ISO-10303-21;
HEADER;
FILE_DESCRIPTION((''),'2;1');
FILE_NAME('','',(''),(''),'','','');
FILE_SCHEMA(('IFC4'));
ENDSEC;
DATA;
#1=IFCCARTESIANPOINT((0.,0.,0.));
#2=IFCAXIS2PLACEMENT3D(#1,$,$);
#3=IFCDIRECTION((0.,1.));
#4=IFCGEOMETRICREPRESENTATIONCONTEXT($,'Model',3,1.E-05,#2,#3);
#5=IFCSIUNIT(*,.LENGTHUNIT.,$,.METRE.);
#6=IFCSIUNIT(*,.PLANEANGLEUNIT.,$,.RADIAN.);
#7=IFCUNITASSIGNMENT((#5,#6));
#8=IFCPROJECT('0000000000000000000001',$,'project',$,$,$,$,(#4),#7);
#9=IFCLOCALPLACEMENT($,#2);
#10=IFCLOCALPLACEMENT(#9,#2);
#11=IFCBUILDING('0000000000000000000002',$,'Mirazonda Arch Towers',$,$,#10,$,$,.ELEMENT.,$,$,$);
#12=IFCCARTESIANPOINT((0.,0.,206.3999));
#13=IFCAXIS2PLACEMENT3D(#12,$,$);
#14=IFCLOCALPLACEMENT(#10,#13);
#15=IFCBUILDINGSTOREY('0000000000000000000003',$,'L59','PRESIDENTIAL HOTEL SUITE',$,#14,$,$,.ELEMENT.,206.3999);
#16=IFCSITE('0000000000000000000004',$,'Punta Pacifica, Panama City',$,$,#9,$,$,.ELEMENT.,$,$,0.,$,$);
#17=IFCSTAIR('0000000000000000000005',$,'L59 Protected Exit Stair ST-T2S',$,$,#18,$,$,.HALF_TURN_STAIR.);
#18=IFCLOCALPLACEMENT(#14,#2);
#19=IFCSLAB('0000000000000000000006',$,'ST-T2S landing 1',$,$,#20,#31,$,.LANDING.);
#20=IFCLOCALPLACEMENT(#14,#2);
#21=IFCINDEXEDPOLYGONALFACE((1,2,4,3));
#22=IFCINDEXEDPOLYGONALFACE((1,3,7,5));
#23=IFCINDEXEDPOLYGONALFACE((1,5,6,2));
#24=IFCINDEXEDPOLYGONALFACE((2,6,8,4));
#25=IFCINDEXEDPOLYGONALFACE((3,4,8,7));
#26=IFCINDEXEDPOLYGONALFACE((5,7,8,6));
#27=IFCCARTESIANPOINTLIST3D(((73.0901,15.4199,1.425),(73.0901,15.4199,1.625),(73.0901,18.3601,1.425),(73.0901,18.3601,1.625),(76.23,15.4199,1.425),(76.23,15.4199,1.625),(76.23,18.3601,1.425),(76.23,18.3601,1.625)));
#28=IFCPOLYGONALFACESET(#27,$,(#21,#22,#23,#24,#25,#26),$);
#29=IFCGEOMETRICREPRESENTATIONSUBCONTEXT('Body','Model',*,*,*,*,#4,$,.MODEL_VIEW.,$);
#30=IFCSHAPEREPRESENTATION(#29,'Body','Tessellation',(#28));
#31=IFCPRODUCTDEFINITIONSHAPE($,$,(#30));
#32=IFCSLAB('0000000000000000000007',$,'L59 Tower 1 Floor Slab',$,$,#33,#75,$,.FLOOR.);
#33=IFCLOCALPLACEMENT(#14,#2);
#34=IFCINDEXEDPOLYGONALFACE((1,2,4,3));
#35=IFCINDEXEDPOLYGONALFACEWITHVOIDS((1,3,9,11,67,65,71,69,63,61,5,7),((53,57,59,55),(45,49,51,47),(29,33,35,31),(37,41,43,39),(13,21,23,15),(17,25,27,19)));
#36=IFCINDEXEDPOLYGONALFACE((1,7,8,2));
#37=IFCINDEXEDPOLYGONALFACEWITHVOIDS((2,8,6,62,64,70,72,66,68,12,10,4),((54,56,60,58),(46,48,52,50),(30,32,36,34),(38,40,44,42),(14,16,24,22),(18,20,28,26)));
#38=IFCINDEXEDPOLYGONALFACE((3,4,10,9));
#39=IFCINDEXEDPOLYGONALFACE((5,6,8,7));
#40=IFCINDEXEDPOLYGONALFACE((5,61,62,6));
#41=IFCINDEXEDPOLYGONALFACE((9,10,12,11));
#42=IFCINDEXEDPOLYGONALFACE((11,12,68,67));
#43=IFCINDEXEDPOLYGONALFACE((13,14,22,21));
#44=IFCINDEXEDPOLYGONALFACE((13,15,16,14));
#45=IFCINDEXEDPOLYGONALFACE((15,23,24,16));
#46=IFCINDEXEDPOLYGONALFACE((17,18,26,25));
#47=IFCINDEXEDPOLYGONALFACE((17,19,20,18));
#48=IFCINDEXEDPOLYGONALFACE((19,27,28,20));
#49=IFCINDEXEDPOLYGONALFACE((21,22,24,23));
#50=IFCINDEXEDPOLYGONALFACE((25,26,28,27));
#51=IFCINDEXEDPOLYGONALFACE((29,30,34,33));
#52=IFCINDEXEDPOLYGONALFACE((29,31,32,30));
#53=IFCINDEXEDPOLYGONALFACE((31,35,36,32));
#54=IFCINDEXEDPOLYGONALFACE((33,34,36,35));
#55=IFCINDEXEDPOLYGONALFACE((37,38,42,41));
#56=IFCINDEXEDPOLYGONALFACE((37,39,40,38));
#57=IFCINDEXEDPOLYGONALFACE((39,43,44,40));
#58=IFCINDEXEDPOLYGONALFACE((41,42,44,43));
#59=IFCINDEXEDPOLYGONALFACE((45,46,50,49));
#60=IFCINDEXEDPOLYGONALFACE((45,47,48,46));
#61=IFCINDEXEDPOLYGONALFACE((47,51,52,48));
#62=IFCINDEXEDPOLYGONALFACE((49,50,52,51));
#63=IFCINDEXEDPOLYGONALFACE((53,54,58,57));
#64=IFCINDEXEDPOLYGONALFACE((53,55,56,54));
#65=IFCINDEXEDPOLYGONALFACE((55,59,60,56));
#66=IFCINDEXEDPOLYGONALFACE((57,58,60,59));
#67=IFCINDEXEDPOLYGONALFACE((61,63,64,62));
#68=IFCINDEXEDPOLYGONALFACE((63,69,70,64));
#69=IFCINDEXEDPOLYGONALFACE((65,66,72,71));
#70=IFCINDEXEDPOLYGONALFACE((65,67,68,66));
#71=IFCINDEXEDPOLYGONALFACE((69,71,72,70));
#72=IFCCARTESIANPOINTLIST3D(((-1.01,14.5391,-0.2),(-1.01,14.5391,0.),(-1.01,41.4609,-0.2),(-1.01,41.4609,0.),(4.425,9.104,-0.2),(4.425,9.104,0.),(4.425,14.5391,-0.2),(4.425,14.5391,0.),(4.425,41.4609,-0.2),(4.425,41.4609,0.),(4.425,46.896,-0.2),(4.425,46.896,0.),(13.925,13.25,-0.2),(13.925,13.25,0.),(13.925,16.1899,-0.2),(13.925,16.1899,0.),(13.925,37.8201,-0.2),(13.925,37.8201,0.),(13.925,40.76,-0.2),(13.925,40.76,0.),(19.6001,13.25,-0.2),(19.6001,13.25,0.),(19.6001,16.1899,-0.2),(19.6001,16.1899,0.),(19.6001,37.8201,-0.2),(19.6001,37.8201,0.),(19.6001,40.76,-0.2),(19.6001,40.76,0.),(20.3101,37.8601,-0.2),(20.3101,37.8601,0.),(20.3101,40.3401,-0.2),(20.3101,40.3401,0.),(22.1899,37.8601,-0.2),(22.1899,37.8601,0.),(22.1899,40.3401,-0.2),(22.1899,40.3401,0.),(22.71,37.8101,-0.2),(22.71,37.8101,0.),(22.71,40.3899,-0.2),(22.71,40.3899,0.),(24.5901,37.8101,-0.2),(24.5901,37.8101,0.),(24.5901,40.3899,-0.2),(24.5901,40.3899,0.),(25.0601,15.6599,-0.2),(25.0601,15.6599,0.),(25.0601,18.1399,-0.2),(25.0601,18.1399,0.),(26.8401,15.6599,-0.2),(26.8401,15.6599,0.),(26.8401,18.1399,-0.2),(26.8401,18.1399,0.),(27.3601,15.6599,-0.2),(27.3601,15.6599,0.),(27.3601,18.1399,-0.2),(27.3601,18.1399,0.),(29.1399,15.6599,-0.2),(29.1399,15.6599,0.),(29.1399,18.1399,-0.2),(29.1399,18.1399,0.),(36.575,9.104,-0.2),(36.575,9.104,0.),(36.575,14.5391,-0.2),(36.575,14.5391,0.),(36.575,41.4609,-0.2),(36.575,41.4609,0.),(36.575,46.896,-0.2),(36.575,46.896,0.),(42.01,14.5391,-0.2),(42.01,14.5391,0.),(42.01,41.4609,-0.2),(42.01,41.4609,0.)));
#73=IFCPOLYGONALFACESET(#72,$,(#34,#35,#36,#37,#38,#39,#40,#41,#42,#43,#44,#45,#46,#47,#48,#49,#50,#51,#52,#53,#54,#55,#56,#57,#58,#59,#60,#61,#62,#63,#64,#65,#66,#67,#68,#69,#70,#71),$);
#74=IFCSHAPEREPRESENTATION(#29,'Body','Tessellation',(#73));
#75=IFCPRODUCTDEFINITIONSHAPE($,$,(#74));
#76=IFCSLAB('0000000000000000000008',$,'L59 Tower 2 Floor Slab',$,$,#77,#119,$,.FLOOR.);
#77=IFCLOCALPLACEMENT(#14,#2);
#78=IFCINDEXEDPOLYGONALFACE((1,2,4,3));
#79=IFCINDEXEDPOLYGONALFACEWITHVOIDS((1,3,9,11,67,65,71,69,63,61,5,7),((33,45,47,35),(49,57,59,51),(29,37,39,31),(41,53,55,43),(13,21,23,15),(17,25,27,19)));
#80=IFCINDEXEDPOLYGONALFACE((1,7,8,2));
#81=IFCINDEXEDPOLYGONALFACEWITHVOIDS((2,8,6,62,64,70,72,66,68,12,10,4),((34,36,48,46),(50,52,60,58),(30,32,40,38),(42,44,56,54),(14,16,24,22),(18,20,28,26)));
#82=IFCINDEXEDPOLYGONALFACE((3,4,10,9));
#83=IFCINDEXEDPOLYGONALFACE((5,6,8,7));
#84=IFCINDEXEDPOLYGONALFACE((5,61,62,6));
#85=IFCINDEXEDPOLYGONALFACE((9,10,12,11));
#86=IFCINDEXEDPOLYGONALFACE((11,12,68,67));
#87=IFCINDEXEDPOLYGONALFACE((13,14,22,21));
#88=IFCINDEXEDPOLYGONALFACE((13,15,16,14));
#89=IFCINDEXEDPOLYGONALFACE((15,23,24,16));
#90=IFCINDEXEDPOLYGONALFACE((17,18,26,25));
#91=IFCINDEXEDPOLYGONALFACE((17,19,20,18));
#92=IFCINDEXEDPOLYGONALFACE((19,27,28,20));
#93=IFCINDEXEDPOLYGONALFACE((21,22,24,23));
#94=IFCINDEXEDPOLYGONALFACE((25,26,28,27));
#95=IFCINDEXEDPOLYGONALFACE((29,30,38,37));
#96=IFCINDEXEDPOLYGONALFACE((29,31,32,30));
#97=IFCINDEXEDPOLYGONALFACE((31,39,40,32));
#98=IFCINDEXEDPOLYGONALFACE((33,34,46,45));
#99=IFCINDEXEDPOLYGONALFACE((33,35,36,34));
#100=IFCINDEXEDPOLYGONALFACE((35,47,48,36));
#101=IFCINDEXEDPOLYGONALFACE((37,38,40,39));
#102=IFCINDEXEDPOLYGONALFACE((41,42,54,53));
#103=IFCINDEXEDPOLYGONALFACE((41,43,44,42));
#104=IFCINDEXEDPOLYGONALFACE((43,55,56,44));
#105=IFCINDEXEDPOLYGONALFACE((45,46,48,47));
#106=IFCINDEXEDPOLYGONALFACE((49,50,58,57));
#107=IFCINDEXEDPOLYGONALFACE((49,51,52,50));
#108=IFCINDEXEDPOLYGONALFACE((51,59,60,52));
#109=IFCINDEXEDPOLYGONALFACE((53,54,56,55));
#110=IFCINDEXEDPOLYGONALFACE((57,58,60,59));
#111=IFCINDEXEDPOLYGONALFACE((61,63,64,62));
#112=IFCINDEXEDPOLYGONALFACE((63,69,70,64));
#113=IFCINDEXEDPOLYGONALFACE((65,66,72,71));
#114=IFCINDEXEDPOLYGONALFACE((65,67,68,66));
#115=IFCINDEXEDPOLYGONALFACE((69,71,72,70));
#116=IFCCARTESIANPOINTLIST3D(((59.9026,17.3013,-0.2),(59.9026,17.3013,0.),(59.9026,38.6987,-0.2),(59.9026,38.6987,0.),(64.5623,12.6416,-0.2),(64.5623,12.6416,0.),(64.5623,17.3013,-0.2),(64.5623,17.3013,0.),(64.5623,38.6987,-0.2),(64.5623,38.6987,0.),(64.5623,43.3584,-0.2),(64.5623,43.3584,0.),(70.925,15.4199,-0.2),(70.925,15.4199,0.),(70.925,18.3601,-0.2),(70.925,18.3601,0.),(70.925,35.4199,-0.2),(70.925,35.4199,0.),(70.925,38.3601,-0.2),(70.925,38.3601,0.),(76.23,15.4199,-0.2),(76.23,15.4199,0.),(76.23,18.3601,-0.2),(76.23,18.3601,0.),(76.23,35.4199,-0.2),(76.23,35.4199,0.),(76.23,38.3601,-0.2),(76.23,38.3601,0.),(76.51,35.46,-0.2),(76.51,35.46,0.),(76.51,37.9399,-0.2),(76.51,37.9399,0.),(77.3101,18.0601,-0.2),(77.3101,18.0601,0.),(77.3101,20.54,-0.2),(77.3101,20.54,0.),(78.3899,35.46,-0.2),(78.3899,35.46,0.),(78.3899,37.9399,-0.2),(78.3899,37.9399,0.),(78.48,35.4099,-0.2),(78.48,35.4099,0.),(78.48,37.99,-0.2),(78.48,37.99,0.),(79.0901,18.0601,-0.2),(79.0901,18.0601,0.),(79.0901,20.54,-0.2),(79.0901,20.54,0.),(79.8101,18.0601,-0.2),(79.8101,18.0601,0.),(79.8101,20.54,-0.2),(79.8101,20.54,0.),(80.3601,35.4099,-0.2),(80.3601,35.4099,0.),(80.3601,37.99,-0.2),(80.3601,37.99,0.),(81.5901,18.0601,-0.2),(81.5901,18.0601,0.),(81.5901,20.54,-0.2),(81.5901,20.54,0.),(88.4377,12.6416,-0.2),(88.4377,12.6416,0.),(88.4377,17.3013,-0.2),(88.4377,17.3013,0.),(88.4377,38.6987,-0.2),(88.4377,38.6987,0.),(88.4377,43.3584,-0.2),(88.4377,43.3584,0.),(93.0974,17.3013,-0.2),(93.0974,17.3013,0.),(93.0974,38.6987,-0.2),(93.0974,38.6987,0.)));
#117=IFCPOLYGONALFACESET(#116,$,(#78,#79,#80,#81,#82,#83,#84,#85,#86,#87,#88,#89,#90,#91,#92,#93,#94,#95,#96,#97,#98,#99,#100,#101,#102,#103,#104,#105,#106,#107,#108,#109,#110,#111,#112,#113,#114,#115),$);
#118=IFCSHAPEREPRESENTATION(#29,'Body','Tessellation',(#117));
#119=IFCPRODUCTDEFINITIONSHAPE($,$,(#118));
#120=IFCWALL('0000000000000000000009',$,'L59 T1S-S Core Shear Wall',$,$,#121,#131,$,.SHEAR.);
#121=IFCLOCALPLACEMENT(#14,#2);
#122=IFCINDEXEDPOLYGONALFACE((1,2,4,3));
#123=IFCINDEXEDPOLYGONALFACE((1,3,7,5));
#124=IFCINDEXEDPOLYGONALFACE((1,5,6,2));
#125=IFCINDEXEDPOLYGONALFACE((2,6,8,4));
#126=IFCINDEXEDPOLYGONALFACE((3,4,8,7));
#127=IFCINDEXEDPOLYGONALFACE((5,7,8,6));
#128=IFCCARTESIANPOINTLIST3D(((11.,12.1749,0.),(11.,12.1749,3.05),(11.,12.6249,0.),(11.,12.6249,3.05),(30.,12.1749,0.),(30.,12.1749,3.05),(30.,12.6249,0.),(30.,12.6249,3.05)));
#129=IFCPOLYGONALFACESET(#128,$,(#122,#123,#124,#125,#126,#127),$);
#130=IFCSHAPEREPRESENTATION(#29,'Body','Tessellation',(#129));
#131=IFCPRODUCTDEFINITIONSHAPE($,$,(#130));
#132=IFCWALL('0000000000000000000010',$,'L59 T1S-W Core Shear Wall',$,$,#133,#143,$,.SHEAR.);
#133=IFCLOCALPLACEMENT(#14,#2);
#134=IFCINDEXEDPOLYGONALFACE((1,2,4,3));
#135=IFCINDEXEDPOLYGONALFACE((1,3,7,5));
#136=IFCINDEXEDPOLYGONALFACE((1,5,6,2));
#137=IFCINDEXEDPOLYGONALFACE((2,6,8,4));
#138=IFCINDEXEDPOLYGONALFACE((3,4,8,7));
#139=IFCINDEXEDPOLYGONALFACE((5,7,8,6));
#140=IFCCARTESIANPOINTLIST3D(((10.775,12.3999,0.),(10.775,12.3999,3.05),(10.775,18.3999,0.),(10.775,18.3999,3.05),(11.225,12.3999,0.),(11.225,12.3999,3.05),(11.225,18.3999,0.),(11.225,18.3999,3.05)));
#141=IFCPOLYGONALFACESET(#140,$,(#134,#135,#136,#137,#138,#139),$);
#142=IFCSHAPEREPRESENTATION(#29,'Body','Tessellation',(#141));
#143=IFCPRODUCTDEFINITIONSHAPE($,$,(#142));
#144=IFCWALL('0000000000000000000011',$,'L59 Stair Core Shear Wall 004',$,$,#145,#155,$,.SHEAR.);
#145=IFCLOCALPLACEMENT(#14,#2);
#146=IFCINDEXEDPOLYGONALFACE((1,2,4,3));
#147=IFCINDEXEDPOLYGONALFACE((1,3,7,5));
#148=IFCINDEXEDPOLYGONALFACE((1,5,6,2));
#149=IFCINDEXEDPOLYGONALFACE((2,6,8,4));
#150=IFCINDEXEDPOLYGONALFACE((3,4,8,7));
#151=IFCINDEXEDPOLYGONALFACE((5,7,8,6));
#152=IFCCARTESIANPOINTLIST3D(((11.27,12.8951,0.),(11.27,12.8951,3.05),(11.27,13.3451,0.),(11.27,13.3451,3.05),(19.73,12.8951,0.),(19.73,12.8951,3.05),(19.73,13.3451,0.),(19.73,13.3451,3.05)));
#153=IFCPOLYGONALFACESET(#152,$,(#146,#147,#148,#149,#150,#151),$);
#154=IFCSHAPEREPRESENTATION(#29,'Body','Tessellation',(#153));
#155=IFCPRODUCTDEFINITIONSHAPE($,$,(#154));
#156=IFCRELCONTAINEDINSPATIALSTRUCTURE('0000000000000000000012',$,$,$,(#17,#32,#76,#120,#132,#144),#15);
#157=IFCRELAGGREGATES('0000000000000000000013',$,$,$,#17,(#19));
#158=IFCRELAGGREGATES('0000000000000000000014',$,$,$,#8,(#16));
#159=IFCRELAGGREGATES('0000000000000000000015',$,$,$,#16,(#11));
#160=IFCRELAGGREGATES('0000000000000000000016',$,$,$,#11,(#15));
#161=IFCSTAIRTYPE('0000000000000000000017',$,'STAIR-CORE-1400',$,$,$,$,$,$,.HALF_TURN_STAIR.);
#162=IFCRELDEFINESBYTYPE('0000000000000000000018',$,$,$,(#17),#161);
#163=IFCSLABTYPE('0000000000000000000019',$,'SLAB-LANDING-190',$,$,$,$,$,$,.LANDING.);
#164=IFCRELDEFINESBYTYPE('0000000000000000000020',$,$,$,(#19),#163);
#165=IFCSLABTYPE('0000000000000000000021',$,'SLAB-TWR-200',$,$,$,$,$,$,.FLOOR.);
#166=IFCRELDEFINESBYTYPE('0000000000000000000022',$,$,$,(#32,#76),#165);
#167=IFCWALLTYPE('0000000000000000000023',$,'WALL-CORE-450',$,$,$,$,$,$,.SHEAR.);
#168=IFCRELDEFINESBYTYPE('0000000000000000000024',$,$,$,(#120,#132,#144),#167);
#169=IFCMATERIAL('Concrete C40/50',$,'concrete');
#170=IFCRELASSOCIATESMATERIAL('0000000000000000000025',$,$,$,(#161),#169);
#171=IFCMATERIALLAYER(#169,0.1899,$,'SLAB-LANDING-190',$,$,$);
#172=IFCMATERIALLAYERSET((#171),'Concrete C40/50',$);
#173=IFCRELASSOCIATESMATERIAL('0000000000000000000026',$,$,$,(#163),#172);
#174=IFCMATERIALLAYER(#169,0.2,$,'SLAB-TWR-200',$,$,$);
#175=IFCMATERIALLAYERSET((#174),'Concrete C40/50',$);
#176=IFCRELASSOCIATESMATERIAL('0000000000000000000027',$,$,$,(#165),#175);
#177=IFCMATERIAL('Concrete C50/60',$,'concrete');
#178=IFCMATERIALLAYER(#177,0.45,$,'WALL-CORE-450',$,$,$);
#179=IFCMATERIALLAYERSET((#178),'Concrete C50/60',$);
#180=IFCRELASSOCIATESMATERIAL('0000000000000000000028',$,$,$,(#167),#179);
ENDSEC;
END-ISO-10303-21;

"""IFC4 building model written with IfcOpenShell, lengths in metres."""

from ifc_helpers import new_model, si_unit, direction, frame, frame_2d, origin, place, context, subcontext, project, spatial, polyline, rectangle, outline, extrude, material, layer, layer_set, type_object, element, aggregate, save


model = new_model("IFC4")

# Units and contexts
model_context = context("Model", 3, precision=1e-05, world=origin(), true_north=direction((0.0, 1.0)))
body_context = subcontext(model_context, "Body", "Model", "MODEL_VIEW")
ifc_project = project(units=[si_unit("LENGTHUNIT", "METRE"), si_unit("PLANEANGLEUNIT", "RADIAN")], contexts=[model_context])

# Site, building, storey
site_placement = place(None, origin())
site = spatial("IfcSite", under=ifc_project, at=site_placement, Name="Punta Pacifica, Panama City", CompositionType="ELEMENT", RefElevation=0.0)
building_placement = place(site_placement, origin())
building = spatial("IfcBuilding", under=site, at=building_placement, Name="Mirazonda Arch Towers", CompositionType="ELEMENT")
storey_placement = place(building_placement, frame((0.0, 0.0, 206.3999)))
storey = spatial("IfcBuildingStorey", under=building, at=storey_placement, Name="L59", Description="PRESIDENTIAL HOTEL SUITE", CompositionType="ELEMENT", Elevation=206.3999)

# Shared definitions
ifc_material_1 = material(Name="Concrete C50/60", Category="concrete")

# Stair, slab
ifc_material_2 = material(Name="Concrete C40/50", Category="concrete")
stair_type = type_object("IfcStairType", Name="STAIR-CORE-1400", PredefinedType="HALF_TURN_STAIR", material=ifc_material_2)
ifc_layer_1 = layer(ifc_material_2, 0.1899, Name="SLAB-LANDING-190")
ifc_layer_set_1 = layer_set([ifc_layer_1], Name="Concrete C40/50")
slab_type_1 = type_object("IfcSlabType", Name="SLAB-LANDING-190", PredefinedType="LANDING", material=ifc_layer_set_1)
stair_1_placement = place(storey_placement, origin())
stair_1 = element("IfcStair", 1, at=stair_1_placement, inside=storey, type_object=stair_type, Name="L59 Protected Exit Stair ST-T2S", PredefinedType="HALF_TURN_STAIR")
slab_1_placement = place(storey_placement, frame((0.0, 0.0, 1.425)))
slab_1 = element("IfcSlab", 2, at=slab_1_placement, type_object=slab_type_1, Name="ST-T2S landing 1", PredefinedType="LANDING", context=body_context, shape_type="SweptSolid", body=[
    extrude(outline(polyline([(73.0901, 15.4199), (76.23, 15.4199), (76.23, 18.3601), (73.0901, 18.3601), (73.0901, 15.4199)])), origin(), (0.0, 0.0, 1.0), 0.2),
])
aggregate(stair_1, [slab_1])

# Slabs
ifc_layer_2 = layer(ifc_material_2, 0.2, Name="SLAB-TWR-200")
ifc_layer_set_2 = layer_set([ifc_layer_2], Name="Concrete C40/50")
slab_type_2 = type_object("IfcSlabType", Name="SLAB-TWR-200", PredefinedType="FLOOR", material=ifc_layer_set_2)
slab_2_placement = place(storey_placement, frame((0.0, 0.0, -0.2)))
element("IfcSlab", 3, at=slab_2_placement, inside=storey, type_object=slab_type_2, Name="L59 Tower 1 Floor Slab", PredefinedType="FLOOR", context=body_context, shape_type="SweptSolid", body=[
    extrude(outline(polyline([(4.425, 9.104), (36.575, 9.104), (36.575, 14.5391), (42.01, 14.5391), (42.01, 41.4609), (36.575, 41.4609), (36.575, 46.896), (4.425, 46.896), (4.425, 41.4609), (-1.01, 41.4609), (-1.01, 14.5391), (4.425, 14.5391), (4.425, 9.104)]), holes=[polyline([(27.3601, 18.1399), (29.1399, 18.1399), (29.1399, 15.6599), (27.3601, 15.6599), (27.3601, 18.1399)]), polyline([(25.0601, 18.1399), (26.8401, 18.1399), (26.8401, 15.6599), (25.0601, 15.6599), (25.0601, 18.1399)]), polyline([(22.71, 40.3899), (24.5901, 40.3899), (24.5901, 37.8101), (22.71, 37.8101), (22.71, 40.3899)]), polyline([(20.3101, 37.8601), (20.3101, 40.3401), (22.1899, 40.3401), (22.1899, 37.8601), (20.3101, 37.8601)]), polyline([(19.6001, 13.25), (13.925, 13.25), (13.925, 16.1899), (19.6001, 16.1899), (19.6001, 13.25)]), polyline([(13.925, 37.8201), (13.925, 40.76), (19.6001, 40.76), (19.6001, 37.8201), (13.925, 37.8201)])]), origin(), (0.0, 0.0, 1.0), 0.2),
])
slab_3_placement = place(storey_placement, frame((0.0, 0.0, -0.2)))
element("IfcSlab", 4, at=slab_3_placement, inside=storey, type_object=slab_type_2, Name="L59 Tower 2 Floor Slab", PredefinedType="FLOOR", context=body_context, shape_type="SweptSolid", body=[
    extrude(outline(polyline([(64.5623, 12.6416), (88.4377, 12.6416), (88.4377, 17.3013), (93.0974, 17.3013), (93.0974, 38.6987), (88.4377, 38.6987), (88.4377, 43.3584), (64.5623, 43.3584), (64.5623, 38.6987), (59.9026, 38.6987), (59.9026, 17.3013), (64.5623, 17.3013), (64.5623, 12.6416)]), holes=[polyline([(79.8101, 20.54), (81.5901, 20.54), (81.5901, 18.0601), (79.8101, 18.0601), (79.8101, 20.54)]), polyline([(78.48, 37.99), (80.3601, 37.99), (80.3601, 35.4099), (78.48, 35.4099), (78.48, 37.99)]), polyline([(77.3101, 20.54), (79.0901, 20.54), (79.0901, 18.0601), (77.3101, 18.0601), (77.3101, 20.54)]), polyline([(76.51, 35.46), (76.51, 37.9399), (78.3899, 37.9399), (78.3899, 35.46), (76.51, 35.46)]), polyline([(76.23, 15.4199), (70.925, 15.4199), (70.925, 18.3601), (76.23, 18.3601), (76.23, 15.4199)]), polyline([(70.925, 35.4199), (70.925, 38.3601), (76.23, 38.3601), (76.23, 35.4199), (70.925, 35.4199)])]), origin(), (0.0, 0.0, 1.0), 0.2),
])

# Walls
ifc_layer_3 = layer(ifc_material_1, 0.45, Name="WALL-CORE-450")
ifc_layer_set_3 = layer_set([ifc_layer_3], Name="Concrete C50/60")
wall_type_1 = type_object("IfcWallType", Name="WALL-CORE-450", PredefinedType="SHEAR", material=ifc_layer_set_3)
wall_1_placement = place(storey_placement, frame((11.0, 12.3999, 0.0), z_axis=(0.0, 0.0, 1.0), x_axis=(1.0, 0.0, 0.0)))
element("IfcWall", 5, at=wall_1_placement, inside=storey, type_object=wall_type_1, Name="L59 T1S-S Core Shear Wall", PredefinedType="SHEAR", context=body_context, shape_type="SweptSolid", body=[
    extrude(rectangle(XDim=19.0, YDim=0.45, at=frame_2d((9.5, 0.0))), origin(), (0.0, 0.0, 1.0), 3.05),
])
wall_2_placement = place(storey_placement, frame((11.0, 12.3999, 0.0), z_axis=(0.0, 0.0, 1.0), x_axis=(0.0, 1.0, 0.0)))
element("IfcWall", 6, at=wall_2_placement, inside=storey, type_object=wall_type_1, Name="L59 T1S-W Core Shear Wall", PredefinedType="SHEAR", context=body_context, shape_type="SweptSolid", body=[
    extrude(rectangle(XDim=6.0, YDim=0.45, at=frame_2d((3.0, 0.0))), origin(), (0.0, 0.0, 1.0), 3.05),
])
wall_3_placement = place(storey_placement, frame((11.27, 13.1201, 0.0), z_axis=(0.0, 0.0, 1.0), x_axis=(1.0, 0.0, 0.0)))
element("IfcWall", 7, at=wall_3_placement, inside=storey, type_object=wall_type_1, Name="L59 Stair Core Shear Wall 004", PredefinedType="SHEAR", context=body_context, shape_type="SweptSolid", body=[
    extrude(rectangle(XDim=8.46, YDim=0.45, at=frame_2d((4.23, 0.0))), origin(), (0.0, 0.0, 1.0), 3.05),
])

save(model, "model.ifc")
